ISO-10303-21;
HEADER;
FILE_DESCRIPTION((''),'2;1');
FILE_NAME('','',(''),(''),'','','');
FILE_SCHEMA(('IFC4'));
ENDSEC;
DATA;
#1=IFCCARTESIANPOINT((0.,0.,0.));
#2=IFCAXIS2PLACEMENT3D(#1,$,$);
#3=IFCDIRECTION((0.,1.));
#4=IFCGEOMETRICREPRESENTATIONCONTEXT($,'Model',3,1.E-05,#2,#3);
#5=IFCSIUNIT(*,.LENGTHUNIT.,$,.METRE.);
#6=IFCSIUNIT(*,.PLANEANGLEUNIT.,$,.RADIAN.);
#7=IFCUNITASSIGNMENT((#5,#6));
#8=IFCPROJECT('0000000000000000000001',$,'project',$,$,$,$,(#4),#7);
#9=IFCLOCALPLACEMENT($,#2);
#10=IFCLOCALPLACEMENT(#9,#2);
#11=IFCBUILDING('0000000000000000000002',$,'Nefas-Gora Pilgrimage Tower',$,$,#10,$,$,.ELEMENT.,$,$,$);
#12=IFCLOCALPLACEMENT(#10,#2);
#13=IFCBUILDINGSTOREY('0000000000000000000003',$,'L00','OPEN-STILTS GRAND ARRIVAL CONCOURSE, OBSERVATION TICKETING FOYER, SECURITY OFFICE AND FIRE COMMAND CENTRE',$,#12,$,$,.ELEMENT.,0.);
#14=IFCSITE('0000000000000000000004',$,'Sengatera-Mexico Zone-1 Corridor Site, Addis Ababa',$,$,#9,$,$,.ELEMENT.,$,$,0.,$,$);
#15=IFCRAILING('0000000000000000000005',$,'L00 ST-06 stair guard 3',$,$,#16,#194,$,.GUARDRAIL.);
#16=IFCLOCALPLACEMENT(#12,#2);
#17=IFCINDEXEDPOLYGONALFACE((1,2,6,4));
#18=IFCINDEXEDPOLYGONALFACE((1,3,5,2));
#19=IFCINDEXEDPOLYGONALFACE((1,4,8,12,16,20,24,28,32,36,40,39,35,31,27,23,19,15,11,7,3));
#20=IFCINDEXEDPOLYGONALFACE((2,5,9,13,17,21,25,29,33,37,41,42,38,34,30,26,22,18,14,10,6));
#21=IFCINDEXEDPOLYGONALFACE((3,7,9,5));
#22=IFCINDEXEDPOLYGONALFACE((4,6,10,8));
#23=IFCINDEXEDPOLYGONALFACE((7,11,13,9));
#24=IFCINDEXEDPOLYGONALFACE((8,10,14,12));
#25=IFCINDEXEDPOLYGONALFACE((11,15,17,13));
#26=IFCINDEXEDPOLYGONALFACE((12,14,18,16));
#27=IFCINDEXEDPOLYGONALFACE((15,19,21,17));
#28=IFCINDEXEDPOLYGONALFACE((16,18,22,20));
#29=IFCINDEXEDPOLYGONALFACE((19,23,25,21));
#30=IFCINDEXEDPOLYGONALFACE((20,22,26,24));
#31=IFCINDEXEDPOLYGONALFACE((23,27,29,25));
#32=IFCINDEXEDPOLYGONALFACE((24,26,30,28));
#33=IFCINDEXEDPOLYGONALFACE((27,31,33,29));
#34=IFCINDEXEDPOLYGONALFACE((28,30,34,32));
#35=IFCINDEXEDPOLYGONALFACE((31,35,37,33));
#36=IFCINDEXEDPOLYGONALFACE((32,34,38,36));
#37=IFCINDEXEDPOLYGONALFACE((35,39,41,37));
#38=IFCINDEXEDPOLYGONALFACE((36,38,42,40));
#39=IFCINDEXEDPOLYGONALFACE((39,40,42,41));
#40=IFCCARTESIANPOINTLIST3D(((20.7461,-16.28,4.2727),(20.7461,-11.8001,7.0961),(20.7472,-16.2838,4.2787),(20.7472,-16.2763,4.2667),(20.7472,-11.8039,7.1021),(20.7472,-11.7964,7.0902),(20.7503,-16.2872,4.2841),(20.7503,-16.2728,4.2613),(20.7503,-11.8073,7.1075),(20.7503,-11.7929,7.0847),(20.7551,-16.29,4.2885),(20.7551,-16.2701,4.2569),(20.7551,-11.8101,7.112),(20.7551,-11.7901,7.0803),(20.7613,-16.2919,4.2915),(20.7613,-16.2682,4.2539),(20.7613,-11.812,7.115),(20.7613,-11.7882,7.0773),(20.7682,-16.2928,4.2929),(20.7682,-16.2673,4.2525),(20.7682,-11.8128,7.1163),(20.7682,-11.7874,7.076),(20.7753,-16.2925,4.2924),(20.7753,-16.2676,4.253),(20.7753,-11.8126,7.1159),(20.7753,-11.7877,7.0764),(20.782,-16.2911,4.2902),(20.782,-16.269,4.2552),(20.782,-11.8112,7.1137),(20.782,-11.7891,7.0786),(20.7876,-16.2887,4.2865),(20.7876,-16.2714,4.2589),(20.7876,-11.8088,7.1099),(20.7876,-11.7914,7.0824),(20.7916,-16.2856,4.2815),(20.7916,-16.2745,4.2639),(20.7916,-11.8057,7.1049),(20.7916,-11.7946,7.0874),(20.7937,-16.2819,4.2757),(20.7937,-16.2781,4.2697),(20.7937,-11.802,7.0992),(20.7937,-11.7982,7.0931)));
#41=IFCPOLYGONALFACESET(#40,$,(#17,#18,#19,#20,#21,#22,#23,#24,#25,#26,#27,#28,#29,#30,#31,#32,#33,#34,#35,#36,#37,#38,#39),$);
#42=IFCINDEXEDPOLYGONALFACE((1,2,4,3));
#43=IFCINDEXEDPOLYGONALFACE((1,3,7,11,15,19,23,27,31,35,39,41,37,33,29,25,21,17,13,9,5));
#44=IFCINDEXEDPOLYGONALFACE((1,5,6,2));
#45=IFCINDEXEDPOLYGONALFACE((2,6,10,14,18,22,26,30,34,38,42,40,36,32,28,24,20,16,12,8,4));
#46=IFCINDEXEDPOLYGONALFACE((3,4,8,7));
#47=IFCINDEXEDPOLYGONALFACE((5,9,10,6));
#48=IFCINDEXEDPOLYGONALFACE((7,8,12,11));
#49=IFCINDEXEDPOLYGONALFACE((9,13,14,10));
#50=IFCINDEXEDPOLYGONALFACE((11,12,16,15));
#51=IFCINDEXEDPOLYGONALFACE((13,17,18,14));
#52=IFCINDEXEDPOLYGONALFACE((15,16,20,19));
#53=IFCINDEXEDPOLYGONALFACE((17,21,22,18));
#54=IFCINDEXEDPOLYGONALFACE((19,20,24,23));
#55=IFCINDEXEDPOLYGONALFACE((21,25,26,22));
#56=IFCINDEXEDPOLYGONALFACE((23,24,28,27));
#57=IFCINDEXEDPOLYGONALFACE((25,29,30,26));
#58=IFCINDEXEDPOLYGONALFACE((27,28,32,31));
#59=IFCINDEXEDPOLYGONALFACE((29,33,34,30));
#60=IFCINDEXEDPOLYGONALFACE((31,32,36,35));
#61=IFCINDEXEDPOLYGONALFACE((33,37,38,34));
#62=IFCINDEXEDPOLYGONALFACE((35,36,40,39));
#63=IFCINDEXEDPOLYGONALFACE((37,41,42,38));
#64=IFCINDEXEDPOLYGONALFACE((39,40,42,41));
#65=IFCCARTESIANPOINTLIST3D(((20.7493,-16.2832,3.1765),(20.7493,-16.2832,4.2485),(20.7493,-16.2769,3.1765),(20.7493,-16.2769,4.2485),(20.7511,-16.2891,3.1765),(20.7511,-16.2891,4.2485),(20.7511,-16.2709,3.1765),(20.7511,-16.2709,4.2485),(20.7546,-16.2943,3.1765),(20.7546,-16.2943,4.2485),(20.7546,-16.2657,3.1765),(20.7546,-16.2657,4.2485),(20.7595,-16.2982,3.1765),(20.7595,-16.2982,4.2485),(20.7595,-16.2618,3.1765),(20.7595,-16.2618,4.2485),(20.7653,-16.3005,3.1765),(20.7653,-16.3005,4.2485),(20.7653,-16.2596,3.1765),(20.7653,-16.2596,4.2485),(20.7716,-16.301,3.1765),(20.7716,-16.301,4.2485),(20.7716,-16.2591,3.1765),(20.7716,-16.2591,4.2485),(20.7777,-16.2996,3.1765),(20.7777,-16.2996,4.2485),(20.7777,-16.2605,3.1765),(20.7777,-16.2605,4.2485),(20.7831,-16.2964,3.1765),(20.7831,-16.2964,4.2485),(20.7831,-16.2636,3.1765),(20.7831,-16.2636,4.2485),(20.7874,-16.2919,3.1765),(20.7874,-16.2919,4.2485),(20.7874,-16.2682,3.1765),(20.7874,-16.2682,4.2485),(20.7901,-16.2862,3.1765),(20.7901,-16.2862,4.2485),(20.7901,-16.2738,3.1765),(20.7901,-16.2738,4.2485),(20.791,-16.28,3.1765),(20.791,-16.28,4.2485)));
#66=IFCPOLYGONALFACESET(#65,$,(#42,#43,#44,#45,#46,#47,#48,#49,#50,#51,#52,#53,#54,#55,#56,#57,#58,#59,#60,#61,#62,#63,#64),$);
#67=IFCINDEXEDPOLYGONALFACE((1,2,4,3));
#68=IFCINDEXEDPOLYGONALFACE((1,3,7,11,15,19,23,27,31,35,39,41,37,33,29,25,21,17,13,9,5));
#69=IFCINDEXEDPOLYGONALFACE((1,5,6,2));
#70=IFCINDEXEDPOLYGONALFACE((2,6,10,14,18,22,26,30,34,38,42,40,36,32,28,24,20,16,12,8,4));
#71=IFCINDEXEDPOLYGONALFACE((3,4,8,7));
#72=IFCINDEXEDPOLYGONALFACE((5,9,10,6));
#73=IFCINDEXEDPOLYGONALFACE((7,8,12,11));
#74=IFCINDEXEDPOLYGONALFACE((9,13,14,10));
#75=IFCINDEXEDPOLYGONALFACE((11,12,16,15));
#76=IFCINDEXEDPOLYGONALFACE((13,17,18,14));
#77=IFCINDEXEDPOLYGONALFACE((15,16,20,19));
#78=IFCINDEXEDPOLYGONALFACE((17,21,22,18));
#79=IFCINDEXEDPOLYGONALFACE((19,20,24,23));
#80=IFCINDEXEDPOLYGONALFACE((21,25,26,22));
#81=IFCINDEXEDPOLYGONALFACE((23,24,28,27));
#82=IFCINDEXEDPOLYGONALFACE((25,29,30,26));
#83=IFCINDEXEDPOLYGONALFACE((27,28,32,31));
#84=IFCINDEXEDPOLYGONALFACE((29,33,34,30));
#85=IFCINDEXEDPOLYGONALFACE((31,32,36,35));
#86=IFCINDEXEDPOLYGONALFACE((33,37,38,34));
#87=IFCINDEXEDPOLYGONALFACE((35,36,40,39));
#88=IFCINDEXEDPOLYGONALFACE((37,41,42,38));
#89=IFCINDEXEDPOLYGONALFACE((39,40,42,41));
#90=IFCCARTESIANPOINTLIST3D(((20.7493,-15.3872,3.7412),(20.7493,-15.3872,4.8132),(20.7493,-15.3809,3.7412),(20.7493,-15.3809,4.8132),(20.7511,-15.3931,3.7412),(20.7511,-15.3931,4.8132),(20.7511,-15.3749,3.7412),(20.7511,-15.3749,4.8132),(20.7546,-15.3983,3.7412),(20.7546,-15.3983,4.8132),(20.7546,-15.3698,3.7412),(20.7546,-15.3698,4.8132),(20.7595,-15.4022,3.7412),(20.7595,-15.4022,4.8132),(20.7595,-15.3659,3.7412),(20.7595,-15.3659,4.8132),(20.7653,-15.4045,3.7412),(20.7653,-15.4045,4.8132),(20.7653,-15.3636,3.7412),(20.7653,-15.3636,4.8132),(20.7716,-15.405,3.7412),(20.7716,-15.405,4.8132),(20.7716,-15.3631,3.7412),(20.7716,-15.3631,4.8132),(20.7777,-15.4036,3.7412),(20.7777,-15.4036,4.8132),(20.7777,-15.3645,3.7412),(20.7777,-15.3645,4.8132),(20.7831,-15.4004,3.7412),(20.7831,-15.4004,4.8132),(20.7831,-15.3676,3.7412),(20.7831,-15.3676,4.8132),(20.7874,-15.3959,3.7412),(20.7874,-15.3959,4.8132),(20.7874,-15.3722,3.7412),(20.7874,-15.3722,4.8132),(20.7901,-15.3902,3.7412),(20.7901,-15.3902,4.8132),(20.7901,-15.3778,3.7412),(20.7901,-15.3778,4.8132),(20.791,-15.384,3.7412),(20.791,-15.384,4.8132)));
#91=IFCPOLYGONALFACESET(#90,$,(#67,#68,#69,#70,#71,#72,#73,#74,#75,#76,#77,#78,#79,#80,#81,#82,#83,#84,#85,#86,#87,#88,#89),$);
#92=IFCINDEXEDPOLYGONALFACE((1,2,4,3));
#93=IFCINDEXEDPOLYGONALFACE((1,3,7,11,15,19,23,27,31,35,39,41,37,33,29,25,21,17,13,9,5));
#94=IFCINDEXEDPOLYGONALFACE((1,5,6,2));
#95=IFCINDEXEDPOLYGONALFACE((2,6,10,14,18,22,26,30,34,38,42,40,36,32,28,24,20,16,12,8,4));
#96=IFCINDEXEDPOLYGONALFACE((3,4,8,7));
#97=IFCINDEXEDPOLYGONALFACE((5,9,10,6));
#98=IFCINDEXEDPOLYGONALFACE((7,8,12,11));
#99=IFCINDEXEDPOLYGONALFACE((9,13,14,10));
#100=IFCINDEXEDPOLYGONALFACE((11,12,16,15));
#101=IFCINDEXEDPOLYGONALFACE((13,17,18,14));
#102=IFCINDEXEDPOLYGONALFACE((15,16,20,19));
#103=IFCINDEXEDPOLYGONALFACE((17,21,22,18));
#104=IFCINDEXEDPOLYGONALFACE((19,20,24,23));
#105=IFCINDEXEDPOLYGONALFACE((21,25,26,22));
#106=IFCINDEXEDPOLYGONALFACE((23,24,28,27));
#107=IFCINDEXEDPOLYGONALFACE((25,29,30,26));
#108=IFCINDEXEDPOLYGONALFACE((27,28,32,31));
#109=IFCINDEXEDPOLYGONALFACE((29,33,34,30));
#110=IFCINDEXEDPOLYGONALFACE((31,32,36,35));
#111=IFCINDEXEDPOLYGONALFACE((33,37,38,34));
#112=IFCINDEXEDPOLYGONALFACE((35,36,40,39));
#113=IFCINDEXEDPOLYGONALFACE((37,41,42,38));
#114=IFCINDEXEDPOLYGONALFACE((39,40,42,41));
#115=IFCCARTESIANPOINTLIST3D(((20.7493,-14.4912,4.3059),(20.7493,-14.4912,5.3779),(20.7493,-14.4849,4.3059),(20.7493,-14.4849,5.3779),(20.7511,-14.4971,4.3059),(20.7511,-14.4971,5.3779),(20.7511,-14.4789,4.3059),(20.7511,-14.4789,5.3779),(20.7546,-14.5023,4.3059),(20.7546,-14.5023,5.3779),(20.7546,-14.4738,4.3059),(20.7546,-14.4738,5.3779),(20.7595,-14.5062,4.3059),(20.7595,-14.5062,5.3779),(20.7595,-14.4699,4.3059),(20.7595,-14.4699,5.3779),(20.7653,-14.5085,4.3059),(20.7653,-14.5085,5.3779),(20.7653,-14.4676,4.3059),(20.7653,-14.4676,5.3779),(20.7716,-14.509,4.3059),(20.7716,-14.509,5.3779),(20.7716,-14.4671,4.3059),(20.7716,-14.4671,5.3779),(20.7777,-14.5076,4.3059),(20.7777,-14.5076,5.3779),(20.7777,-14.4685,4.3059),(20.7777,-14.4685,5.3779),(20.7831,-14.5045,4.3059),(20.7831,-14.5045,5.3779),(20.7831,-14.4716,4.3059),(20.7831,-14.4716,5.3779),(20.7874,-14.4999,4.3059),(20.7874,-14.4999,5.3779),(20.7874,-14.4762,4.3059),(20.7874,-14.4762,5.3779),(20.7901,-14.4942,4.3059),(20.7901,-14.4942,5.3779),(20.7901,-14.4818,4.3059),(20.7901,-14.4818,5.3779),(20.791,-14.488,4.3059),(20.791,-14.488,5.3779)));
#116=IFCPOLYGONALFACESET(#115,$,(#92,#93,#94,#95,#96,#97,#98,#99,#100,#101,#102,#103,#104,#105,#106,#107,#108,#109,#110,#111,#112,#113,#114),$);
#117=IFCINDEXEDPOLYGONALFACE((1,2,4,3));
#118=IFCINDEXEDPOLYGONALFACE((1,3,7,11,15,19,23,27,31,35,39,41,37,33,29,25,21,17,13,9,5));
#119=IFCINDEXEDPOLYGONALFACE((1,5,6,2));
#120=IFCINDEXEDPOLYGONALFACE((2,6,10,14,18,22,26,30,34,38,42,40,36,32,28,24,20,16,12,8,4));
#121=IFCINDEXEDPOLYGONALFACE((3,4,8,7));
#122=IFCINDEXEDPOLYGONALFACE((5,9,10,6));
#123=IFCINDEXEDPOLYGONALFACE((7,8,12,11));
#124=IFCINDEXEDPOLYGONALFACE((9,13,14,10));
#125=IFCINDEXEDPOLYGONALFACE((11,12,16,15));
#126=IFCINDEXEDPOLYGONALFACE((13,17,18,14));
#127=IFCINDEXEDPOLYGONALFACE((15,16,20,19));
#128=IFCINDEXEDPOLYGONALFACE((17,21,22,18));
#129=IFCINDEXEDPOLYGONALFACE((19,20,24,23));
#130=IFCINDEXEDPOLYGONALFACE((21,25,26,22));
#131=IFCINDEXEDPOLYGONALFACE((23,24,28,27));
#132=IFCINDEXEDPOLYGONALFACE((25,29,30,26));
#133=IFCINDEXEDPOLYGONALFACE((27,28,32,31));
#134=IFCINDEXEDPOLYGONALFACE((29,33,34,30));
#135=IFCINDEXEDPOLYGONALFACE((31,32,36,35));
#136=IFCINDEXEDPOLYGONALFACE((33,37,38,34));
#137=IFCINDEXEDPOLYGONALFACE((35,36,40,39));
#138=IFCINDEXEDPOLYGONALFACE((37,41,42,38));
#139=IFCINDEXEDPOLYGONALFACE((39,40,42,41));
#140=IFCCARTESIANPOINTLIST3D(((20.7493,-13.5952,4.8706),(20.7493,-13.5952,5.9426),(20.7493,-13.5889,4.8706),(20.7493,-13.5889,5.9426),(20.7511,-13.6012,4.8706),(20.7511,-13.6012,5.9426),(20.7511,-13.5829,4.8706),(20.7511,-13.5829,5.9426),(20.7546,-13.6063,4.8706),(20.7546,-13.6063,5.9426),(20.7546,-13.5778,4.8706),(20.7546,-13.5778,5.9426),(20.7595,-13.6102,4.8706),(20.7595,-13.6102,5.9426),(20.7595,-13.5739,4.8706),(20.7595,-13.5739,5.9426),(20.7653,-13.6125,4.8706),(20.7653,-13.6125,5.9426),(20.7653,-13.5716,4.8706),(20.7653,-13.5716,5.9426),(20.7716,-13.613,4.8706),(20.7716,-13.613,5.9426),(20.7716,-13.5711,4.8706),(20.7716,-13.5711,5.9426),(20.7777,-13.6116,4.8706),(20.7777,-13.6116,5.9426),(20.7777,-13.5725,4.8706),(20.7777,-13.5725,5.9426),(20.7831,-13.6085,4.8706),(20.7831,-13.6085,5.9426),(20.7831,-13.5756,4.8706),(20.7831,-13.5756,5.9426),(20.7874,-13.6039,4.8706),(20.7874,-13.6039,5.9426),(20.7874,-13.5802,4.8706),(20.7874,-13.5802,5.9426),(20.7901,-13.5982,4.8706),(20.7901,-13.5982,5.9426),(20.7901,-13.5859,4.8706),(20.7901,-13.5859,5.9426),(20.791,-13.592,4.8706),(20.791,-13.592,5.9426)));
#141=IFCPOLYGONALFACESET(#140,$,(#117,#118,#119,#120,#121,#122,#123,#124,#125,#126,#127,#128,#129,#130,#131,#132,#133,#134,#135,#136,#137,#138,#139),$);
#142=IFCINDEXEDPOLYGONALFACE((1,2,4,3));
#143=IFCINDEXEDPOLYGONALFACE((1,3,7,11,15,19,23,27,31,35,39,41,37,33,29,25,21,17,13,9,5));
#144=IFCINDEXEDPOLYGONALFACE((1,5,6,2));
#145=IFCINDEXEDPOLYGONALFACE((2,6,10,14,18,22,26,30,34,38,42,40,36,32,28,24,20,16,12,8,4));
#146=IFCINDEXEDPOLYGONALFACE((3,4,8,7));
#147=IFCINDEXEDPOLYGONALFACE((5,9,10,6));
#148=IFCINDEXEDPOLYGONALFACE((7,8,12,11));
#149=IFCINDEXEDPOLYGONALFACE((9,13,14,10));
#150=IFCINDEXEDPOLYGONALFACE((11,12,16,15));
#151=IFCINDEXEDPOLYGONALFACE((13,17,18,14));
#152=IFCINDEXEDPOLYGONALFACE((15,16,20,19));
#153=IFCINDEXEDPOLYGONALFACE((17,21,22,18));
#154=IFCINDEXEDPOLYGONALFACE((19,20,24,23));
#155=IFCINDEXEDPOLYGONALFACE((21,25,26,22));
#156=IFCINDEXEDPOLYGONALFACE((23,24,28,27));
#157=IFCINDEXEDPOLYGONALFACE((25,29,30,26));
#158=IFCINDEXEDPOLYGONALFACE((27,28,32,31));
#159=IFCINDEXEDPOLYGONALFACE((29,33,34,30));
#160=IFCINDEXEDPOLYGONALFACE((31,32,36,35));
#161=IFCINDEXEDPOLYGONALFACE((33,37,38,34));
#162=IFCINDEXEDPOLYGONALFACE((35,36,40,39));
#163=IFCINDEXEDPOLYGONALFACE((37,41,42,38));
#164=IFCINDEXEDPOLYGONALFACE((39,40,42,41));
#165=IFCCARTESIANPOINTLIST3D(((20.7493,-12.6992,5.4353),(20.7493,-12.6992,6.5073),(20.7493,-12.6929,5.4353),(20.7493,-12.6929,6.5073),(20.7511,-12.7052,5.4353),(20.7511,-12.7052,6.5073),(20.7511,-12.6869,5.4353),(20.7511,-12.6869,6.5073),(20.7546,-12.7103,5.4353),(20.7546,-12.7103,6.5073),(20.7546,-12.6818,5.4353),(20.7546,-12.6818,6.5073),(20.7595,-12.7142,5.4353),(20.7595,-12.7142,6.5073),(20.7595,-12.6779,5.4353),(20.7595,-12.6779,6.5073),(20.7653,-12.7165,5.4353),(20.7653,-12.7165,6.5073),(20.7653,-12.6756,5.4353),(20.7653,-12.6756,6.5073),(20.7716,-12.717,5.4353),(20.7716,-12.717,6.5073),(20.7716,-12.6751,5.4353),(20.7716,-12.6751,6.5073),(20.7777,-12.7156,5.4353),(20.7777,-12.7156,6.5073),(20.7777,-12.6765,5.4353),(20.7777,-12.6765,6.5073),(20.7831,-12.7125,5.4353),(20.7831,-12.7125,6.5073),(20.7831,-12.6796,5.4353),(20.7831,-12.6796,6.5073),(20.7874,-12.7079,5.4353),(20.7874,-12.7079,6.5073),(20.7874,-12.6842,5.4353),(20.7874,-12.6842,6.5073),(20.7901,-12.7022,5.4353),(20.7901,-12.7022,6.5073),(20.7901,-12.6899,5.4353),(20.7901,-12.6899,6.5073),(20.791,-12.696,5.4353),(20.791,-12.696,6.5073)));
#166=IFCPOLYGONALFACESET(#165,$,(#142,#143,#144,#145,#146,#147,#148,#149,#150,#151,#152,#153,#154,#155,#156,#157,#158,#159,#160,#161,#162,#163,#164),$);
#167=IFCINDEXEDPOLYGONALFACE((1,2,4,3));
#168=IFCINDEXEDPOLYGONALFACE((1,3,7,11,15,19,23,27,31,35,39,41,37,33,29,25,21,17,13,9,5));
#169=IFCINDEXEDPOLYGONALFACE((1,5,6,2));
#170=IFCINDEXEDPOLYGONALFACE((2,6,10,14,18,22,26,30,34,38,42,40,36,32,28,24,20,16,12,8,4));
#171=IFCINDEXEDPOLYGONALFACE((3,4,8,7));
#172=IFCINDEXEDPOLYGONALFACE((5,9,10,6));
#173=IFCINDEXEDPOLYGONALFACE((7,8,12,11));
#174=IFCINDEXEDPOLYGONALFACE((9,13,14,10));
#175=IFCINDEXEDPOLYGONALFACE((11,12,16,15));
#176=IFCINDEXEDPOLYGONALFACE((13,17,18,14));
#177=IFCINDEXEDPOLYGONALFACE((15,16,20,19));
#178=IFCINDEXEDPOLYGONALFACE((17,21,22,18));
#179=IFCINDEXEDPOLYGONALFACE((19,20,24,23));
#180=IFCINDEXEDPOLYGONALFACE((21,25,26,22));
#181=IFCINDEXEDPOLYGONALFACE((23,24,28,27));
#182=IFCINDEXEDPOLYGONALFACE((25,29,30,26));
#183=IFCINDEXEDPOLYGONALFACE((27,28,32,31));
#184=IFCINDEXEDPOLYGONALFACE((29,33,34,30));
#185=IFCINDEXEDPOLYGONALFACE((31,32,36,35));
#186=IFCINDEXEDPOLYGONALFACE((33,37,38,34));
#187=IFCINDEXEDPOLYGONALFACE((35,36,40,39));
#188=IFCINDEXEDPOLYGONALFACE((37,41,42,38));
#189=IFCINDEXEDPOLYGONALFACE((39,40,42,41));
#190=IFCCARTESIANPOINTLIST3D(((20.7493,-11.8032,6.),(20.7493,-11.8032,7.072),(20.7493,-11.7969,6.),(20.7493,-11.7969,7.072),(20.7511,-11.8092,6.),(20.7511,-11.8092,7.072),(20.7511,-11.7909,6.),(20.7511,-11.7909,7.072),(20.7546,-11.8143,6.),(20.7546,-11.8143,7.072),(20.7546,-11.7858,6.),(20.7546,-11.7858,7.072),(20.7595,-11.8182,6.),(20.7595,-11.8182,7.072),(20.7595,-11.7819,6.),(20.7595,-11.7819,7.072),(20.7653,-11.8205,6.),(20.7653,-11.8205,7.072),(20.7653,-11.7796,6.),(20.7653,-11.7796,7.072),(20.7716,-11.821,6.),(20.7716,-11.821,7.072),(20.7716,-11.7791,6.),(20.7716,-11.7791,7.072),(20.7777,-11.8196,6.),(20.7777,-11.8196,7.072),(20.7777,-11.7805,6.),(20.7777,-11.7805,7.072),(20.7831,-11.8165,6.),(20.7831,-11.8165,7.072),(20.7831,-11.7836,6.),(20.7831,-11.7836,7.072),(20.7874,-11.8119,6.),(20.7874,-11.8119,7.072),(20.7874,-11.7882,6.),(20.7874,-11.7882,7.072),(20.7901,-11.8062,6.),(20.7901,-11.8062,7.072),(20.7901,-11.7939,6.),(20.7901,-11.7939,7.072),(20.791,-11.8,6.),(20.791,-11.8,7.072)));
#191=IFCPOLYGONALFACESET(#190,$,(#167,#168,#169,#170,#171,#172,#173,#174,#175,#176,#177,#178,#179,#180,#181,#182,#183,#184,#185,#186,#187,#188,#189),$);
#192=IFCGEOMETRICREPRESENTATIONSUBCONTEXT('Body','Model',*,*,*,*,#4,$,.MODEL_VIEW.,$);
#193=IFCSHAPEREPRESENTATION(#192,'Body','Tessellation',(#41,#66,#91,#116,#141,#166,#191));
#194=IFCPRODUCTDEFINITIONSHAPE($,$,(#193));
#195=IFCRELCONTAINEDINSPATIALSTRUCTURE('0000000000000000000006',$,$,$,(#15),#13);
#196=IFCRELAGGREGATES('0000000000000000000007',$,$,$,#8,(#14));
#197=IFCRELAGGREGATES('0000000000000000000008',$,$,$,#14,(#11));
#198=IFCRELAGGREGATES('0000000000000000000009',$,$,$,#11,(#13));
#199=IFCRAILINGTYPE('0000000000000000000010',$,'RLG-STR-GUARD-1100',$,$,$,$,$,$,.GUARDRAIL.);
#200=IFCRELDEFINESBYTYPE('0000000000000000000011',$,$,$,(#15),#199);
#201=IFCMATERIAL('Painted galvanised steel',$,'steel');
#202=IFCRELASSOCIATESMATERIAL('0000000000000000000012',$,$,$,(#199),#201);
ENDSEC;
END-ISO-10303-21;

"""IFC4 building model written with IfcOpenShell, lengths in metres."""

from ifc_helpers import new_model, si_unit, direction, frame, origin, origin_2d, place, context, subcontext, project, spatial, circle, extrude, material, type_object, element, save


model = new_model("IFC4")

# Units and contexts
model_context = context("Model", 3, precision=1e-05, world=origin(), true_north=direction((0.0, 1.0)))
body_context = subcontext(model_context, "Body", "Model", "MODEL_VIEW")
ifc_project = project(units=[si_unit("LENGTHUNIT", "METRE"), si_unit("PLANEANGLEUNIT", "RADIAN")], contexts=[model_context])

# Site, building, storey
site_placement = place(None, origin())
site = spatial("IfcSite", under=ifc_project, at=site_placement, Name="Sengatera-Mexico Zone-1 Corridor Site, Addis Ababa", CompositionType="ELEMENT", RefElevation=0.0)
building_placement = place(site_placement, origin())
building = spatial("IfcBuilding", under=site, at=building_placement, Name="Nefas-Gora Pilgrimage Tower", CompositionType="ELEMENT")
storey_placement = place(building_placement, origin())
storey = spatial("IfcBuildingStorey", under=building, at=storey_placement, Name="L00", Description="OPEN-STILTS GRAND ARRIVAL CONCOURSE, OBSERVATION TICKETING FOYER, SECURITY OFFICE AND FIRE COMMAND CENTRE", CompositionType="ELEMENT", Elevation=0.0)

# Railing
ifc_material_1 = material(Name="Painted galvanised steel", Category="steel")
railing_type_1 = type_object("IfcRailingType", Name="RLG-STR-GUARD-1100", PredefinedType="GUARDRAIL", material=ifc_material_1)
railing_1_placement = place(storey_placement, frame((20.77, -16.28, 3.1765)))
element("IfcRailing", 1, at=railing_1_placement, inside=storey, type_object=railing_type_1, Name="L00 ST-06 stair guard 3", PredefinedType="GUARDRAIL", context=body_context, shape_type="SweptSolid", body=[
    extrude(circle(Radius=0.0239, at=origin_2d()), frame((0.0, 0.0, 1.0962), z_axis=(0.0, 0.845998, 0.533186), x_axis=(-1.0, 0.0, 0.0)), (0.0, 0.0, 1.0), 5.2954),
    extrude(circle(Radius=0.021, at=origin_2d()), origin(), (0.0, 0.0, 1.0), 1.072),
    extrude(circle(Radius=0.021, at=origin_2d()), frame((0.0, 0.896, 0.5647)), (0.0, 0.0, 1.0), 1.072),
    extrude(circle(Radius=0.021, at=origin_2d()), frame((0.0, 1.792, 1.1294)), (0.0, 0.0, 1.0), 1.072),
    extrude(circle(Radius=0.021, at=origin_2d()), frame((0.0, 2.688, 1.6941)), (0.0, 0.0, 1.0), 1.072),
    extrude(circle(Radius=0.021, at=origin_2d()), frame((0.0, 3.584, 2.2588)), (0.0, 0.0, 1.0), 1.072),
    extrude(circle(Radius=0.021, at=origin_2d()), frame((0.0, 4.48, 2.8235)), (0.0, 0.0, 1.0), 1.072),
])

save(model, "model.ifc")
